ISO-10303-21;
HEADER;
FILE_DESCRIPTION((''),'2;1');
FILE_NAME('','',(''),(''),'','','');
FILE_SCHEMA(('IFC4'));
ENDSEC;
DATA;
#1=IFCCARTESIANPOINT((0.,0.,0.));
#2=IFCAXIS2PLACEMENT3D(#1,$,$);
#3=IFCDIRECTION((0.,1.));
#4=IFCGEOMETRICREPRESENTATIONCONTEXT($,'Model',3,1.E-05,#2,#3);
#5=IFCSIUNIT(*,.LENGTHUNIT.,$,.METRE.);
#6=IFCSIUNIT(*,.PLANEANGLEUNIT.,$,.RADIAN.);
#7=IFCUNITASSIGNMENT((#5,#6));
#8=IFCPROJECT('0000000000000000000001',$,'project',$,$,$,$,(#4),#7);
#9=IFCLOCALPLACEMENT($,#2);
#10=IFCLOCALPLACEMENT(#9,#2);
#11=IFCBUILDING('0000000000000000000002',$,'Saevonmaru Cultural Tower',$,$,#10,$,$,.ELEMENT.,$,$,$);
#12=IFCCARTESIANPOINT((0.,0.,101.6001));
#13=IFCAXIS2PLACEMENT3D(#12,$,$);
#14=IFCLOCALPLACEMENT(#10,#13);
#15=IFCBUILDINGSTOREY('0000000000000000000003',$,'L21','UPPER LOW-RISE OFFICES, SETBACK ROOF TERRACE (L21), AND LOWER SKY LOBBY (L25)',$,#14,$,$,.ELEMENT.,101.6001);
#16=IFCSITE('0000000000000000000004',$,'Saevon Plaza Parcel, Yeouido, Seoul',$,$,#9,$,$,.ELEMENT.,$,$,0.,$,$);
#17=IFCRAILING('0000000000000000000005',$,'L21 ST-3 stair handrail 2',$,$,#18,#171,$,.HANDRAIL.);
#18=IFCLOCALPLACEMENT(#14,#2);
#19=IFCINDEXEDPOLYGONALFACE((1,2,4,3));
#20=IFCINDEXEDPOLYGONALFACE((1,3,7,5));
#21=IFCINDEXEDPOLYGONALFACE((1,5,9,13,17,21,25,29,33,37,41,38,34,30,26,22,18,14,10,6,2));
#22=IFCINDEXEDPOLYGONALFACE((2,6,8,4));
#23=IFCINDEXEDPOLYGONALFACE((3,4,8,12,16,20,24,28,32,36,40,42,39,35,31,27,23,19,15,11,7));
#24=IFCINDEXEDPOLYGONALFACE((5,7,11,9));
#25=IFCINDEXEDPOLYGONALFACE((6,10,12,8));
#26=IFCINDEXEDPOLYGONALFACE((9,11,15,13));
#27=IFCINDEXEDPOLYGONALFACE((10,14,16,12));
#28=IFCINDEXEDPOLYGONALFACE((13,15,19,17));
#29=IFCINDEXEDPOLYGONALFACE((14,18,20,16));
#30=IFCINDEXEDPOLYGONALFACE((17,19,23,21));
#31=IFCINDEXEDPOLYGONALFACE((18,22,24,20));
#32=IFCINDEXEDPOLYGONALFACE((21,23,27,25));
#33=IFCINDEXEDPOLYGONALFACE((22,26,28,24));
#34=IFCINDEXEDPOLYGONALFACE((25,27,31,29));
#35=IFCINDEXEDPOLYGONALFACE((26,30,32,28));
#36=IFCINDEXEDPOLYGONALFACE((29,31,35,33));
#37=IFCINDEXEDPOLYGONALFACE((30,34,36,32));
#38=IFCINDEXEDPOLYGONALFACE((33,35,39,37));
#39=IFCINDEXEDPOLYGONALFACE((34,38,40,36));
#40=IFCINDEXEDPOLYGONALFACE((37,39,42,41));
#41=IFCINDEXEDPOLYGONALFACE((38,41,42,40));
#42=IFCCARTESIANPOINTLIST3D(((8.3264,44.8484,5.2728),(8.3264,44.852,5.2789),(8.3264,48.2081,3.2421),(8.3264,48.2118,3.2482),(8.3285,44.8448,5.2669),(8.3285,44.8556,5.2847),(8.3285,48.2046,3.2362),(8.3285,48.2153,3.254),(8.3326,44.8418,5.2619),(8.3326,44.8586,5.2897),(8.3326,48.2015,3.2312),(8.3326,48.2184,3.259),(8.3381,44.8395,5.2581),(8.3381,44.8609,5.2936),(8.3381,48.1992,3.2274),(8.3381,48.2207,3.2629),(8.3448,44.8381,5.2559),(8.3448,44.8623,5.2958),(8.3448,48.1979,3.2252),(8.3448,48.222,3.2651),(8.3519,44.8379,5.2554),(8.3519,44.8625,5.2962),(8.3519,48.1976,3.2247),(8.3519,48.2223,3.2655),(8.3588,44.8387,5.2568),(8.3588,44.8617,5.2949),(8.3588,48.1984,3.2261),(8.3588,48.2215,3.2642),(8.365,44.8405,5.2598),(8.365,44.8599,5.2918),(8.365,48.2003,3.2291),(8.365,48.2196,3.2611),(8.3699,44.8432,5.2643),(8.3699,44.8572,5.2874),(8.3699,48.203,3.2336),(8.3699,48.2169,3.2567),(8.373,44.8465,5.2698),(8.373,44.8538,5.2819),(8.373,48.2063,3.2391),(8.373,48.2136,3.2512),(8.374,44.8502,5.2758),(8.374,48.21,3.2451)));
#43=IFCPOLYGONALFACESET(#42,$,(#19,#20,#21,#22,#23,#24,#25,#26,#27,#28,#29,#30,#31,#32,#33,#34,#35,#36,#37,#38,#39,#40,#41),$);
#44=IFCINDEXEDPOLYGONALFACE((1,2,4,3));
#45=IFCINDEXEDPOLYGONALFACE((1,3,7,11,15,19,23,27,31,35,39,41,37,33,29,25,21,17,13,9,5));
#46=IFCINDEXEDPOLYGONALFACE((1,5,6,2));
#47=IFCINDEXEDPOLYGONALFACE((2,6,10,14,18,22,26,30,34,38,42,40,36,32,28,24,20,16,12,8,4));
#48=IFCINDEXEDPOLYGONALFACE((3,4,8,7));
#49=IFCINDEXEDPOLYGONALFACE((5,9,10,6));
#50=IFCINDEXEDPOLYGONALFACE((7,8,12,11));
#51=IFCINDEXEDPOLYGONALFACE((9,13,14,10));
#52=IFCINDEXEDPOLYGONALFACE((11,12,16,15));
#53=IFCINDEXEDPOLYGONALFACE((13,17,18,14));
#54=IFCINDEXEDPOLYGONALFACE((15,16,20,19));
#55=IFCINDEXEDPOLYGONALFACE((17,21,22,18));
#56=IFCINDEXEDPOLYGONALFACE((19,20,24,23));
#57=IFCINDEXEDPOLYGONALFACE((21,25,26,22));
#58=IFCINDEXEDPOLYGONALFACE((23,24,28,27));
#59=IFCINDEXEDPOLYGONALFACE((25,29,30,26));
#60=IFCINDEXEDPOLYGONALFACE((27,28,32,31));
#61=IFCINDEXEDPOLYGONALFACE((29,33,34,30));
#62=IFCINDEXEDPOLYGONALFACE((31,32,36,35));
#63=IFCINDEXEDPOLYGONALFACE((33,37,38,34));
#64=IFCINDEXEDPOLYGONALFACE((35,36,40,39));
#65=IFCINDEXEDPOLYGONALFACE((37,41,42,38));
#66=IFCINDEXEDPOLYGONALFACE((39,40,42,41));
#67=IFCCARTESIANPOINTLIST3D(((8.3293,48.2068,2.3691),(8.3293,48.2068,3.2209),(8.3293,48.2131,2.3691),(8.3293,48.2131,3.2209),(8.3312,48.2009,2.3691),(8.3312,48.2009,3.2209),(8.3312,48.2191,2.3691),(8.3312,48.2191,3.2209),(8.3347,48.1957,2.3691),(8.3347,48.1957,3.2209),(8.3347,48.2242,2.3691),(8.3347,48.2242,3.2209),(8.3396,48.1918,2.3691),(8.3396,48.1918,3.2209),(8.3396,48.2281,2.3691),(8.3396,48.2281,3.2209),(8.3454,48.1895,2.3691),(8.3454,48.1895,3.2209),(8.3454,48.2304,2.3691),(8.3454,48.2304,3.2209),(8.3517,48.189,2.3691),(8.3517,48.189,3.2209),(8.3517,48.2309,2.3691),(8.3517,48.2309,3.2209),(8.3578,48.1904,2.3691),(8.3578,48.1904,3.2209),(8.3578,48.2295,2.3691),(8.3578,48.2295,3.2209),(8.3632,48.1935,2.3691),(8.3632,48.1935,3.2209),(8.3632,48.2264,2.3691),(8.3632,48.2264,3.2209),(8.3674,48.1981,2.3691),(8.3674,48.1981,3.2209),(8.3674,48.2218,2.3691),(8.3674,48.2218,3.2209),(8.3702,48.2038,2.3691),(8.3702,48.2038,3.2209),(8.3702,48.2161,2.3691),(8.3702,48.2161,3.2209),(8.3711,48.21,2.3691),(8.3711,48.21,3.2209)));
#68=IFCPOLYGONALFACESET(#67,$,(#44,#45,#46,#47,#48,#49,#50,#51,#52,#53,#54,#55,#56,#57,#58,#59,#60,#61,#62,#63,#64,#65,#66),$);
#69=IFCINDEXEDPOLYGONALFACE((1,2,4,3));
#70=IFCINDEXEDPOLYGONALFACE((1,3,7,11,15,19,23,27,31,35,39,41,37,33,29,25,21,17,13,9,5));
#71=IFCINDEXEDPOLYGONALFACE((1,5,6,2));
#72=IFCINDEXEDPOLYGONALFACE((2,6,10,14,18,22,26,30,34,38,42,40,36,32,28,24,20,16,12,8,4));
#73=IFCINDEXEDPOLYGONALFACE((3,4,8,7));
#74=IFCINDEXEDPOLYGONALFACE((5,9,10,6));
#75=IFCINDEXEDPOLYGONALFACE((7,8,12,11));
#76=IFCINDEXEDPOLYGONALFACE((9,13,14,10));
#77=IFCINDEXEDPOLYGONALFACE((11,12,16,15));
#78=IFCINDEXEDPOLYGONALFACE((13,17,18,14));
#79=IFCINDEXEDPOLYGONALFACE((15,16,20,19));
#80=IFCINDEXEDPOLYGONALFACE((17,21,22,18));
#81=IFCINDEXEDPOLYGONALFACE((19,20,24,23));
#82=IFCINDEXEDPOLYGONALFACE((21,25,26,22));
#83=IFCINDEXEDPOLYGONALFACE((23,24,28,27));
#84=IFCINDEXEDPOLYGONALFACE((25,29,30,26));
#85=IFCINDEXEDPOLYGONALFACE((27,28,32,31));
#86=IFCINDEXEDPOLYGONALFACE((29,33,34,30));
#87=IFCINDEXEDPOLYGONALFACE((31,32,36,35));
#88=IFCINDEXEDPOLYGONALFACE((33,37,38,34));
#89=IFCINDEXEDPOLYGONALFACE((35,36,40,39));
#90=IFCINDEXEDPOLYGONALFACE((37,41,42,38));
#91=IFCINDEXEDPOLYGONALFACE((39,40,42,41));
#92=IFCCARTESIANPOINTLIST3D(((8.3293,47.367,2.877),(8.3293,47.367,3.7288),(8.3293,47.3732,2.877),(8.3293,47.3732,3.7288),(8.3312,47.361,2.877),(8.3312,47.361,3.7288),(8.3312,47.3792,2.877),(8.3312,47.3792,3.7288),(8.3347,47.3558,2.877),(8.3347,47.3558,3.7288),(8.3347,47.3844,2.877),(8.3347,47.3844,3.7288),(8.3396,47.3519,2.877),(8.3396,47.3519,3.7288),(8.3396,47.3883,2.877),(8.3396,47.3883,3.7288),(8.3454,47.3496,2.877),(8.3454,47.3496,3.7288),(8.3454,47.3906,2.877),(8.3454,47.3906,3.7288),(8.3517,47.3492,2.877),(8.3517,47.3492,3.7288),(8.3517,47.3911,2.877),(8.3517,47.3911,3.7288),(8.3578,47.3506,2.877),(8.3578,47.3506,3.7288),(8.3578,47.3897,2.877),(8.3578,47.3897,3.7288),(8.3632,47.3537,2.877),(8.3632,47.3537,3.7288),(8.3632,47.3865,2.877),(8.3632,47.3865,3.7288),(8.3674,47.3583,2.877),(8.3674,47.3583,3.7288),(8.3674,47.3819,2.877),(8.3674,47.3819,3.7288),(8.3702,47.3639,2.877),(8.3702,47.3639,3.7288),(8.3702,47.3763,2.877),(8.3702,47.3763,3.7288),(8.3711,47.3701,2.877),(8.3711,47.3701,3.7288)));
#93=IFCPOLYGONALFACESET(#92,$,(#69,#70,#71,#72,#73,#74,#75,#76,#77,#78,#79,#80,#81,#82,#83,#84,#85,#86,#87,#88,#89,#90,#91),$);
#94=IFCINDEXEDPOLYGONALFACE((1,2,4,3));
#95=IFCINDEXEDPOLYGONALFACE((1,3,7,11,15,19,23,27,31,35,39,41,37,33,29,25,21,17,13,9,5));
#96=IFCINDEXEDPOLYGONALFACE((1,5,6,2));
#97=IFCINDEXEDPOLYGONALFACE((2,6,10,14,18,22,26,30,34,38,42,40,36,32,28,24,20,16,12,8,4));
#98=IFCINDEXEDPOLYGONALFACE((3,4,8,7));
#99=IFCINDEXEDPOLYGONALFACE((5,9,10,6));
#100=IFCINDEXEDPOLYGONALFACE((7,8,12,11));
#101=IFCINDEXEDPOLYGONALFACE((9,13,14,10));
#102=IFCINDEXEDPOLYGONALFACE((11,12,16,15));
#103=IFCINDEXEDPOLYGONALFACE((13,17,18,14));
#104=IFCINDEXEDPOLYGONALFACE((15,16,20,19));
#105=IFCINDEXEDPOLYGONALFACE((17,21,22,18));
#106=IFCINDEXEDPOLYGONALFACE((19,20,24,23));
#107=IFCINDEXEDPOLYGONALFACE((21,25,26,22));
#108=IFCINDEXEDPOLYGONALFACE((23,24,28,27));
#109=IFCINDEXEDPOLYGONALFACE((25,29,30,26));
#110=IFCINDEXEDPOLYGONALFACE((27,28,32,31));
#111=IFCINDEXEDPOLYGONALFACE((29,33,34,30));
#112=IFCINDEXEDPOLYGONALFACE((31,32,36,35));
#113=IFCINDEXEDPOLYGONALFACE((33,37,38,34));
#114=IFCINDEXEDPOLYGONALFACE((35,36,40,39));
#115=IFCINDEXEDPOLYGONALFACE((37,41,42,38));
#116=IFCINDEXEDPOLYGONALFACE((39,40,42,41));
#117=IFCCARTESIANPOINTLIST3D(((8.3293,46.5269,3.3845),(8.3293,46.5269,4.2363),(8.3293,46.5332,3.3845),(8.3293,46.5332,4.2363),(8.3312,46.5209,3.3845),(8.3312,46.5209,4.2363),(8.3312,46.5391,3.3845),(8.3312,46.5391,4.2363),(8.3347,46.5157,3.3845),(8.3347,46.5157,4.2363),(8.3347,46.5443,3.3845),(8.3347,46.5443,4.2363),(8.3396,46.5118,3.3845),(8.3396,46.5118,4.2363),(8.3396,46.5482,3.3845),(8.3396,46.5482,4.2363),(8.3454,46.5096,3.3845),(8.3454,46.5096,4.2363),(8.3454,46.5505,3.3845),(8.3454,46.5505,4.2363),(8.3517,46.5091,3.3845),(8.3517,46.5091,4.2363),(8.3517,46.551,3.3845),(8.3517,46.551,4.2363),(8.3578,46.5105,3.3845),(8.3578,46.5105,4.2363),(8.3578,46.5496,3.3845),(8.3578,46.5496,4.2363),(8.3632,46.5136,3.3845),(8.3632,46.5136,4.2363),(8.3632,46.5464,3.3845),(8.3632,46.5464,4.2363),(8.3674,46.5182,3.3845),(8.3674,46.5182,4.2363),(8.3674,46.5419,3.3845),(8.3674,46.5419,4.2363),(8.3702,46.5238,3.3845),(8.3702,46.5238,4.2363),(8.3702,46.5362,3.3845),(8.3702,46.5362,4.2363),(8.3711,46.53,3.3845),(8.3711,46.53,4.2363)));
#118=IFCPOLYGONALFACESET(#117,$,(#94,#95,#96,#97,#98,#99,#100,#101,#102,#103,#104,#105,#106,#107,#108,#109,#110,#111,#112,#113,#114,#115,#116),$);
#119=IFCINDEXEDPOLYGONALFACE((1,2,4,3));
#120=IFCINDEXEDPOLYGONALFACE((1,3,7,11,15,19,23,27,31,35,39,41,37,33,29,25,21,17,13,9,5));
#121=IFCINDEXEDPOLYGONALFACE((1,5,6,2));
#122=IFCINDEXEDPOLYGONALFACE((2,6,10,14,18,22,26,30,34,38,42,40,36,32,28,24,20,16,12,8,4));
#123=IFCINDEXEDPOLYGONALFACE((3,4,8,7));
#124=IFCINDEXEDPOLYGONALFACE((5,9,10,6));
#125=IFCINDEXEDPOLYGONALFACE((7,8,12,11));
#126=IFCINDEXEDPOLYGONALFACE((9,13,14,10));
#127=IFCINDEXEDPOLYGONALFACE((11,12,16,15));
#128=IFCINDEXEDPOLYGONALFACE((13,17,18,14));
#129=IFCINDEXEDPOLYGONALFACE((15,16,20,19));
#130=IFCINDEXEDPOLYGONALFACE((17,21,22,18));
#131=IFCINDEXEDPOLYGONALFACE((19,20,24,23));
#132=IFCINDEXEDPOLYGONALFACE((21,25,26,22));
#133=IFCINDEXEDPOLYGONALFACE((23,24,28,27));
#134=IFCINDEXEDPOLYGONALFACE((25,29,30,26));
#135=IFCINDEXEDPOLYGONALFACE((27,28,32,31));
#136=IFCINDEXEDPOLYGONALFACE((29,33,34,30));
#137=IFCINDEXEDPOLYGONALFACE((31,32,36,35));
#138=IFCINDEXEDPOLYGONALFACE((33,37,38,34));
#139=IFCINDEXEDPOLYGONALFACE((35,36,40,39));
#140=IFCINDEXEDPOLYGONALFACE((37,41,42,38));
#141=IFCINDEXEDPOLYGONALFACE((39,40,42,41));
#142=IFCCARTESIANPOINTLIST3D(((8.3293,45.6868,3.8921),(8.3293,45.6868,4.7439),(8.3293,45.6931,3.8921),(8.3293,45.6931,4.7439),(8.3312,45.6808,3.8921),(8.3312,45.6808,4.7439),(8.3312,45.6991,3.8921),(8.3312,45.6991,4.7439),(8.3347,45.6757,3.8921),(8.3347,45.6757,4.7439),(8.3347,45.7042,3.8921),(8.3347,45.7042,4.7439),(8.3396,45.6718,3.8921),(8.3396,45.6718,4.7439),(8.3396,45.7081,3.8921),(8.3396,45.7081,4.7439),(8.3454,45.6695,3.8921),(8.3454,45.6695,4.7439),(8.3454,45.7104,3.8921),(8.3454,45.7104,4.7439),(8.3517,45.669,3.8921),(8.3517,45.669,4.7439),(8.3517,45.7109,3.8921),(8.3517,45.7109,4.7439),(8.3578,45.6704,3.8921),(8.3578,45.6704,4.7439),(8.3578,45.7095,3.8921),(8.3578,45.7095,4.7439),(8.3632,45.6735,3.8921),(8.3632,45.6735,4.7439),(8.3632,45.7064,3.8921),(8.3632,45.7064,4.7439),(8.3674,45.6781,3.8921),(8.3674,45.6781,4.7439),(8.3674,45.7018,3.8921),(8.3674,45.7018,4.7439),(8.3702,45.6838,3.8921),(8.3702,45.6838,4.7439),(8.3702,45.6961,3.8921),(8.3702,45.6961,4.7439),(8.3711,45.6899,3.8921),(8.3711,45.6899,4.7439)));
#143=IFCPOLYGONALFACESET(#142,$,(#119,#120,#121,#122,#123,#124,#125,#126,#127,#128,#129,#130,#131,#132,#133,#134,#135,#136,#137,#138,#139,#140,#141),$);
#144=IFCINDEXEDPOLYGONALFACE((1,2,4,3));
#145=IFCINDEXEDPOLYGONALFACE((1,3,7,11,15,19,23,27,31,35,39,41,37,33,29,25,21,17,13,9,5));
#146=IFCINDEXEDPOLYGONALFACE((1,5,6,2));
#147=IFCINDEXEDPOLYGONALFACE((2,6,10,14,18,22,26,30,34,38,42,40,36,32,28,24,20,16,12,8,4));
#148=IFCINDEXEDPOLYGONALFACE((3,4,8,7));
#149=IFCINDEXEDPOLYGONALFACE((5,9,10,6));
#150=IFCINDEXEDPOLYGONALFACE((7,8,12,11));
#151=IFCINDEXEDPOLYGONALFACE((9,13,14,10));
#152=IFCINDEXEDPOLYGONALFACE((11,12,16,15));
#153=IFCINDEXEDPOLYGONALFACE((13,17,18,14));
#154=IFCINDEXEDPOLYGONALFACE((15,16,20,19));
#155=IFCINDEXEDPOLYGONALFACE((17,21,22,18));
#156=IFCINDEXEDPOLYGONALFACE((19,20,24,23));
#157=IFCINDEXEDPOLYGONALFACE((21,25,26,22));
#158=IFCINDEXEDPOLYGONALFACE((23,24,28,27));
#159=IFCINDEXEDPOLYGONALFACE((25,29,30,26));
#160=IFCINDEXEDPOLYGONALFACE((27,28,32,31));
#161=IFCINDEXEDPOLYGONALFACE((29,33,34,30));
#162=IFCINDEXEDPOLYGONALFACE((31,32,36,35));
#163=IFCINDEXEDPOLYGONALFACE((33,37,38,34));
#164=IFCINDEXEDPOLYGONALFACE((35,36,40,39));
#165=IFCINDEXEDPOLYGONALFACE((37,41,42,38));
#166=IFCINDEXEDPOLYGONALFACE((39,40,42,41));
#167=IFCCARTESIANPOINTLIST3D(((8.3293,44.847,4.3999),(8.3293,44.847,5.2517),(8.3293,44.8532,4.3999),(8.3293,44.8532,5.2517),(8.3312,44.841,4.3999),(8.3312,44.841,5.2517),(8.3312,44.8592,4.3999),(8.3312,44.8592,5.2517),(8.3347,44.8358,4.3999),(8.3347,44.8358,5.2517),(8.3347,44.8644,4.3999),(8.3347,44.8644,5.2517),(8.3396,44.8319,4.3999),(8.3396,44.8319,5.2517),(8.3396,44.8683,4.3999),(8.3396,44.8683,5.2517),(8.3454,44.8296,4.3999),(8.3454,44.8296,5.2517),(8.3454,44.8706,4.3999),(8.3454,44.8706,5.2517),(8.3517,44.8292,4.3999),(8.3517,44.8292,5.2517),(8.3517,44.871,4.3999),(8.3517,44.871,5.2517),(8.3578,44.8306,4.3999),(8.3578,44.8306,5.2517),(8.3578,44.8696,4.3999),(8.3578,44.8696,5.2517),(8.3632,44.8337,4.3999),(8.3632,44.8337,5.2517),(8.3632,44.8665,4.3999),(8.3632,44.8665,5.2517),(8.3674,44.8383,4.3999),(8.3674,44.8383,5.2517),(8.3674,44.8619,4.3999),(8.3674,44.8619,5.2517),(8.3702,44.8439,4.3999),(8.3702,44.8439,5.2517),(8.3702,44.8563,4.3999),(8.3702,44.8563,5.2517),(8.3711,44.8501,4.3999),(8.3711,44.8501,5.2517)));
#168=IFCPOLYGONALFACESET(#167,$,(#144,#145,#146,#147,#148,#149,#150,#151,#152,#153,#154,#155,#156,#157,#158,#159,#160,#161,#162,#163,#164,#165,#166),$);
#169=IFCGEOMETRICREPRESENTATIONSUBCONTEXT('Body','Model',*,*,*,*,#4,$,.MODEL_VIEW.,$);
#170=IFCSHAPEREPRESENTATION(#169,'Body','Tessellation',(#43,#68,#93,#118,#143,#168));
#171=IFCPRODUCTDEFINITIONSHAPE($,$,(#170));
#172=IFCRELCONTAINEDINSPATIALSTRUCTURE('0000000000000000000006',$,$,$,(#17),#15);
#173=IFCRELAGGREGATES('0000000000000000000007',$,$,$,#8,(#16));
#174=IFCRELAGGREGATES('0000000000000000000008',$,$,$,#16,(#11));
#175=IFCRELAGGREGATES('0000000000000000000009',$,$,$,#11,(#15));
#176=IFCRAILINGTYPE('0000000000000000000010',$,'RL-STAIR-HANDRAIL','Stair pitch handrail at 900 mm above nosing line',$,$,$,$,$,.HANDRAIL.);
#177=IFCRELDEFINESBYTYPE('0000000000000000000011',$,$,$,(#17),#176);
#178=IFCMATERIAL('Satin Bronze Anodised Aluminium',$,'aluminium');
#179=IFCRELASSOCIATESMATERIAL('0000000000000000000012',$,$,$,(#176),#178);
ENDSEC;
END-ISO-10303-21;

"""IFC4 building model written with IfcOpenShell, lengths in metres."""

from ifc_helpers import new_model, si_unit, direction, frame, origin, origin_2d, place, context, subcontext, project, spatial, circle, extrude, material, type_object, element, save


model = new_model("IFC4")

# Units and contexts
model_context = context("Model", 3, precision=1e-05, world=origin(), true_north=direction((0.0, 1.0)))
body_context = subcontext(model_context, "Body", "Model", "MODEL_VIEW")
ifc_project = project(units=[si_unit("LENGTHUNIT", "METRE"), si_unit("PLANEANGLEUNIT", "RADIAN")], contexts=[model_context])

# Site, building, storey
site_placement = place(None, origin())
site = spatial("IfcSite", under=ifc_project, at=site_placement, Name="Saevon Plaza Parcel, Yeouido, Seoul", CompositionType="ELEMENT", RefElevation=0.0)
building_placement = place(site_placement, origin())
building = spatial("IfcBuilding", under=site, at=building_placement, Name="Saevonmaru Cultural Tower", CompositionType="ELEMENT")
storey_placement = place(building_placement, frame((0.0, 0.0, 101.6001)))
storey = spatial("IfcBuildingStorey", under=building, at=storey_placement, Name="L21", Description="UPPER LOW-RISE OFFICES, SETBACK ROOF TERRACE (L21), AND LOWER SKY LOBBY (L25)", CompositionType="ELEMENT", Elevation=101.6001)

# Shared definitions
ifc_material_1 = material(Name="Satin Bronze Anodised Aluminium", Category="aluminium")

# Railing
railing_type_1 = type_object("IfcRailingType", Name="RL-STAIR-HANDRAIL", Description="Stair pitch handrail at 900 mm above nosing line", PredefinedType="HANDRAIL", material=ifc_material_1)
railing_1_placement = place(storey_placement, frame((8.3501, 48.21, 2.3691)))
element("IfcRailing", 1, at=railing_1_placement, inside=storey, type_object=railing_type_1, Name="L21 ST-3 stair handrail 2", PredefinedType="HANDRAIL", context=body_context, shape_type="SweptSolid", body=[
    extrude(circle(Radius=0.0239, at=origin_2d()), frame((0.0, 0.0, 0.876), z_axis=(0.0, -0.85582, 0.517273), x_axis=(1.0, 0.0, 0.0)), (0.0, 0.0, 1.0), 3.9258),
    extrude(circle(Radius=0.021, at=origin_2d()), origin(), (0.0, 0.0, 1.0), 0.8518),
    extrude(circle(Radius=0.021, at=origin_2d()), frame((0.0, -0.8398, 0.5078)), (0.0, 0.0, 1.0), 0.8518),
    extrude(circle(Radius=0.021, at=origin_2d()), frame((0.0, -1.6799, 1.0154)), (0.0, 0.0, 1.0), 0.8518),
    extrude(circle(Radius=0.021, at=origin_2d()), frame((0.0, -2.52, 1.5229)), (0.0, 0.0, 1.0), 0.8518),
    extrude(circle(Radius=0.021, at=origin_2d()), frame((0.0, -3.3599, 2.0308)), (0.0, 0.0, 1.0), 0.8518),
])

save(model, "model.ifc")
